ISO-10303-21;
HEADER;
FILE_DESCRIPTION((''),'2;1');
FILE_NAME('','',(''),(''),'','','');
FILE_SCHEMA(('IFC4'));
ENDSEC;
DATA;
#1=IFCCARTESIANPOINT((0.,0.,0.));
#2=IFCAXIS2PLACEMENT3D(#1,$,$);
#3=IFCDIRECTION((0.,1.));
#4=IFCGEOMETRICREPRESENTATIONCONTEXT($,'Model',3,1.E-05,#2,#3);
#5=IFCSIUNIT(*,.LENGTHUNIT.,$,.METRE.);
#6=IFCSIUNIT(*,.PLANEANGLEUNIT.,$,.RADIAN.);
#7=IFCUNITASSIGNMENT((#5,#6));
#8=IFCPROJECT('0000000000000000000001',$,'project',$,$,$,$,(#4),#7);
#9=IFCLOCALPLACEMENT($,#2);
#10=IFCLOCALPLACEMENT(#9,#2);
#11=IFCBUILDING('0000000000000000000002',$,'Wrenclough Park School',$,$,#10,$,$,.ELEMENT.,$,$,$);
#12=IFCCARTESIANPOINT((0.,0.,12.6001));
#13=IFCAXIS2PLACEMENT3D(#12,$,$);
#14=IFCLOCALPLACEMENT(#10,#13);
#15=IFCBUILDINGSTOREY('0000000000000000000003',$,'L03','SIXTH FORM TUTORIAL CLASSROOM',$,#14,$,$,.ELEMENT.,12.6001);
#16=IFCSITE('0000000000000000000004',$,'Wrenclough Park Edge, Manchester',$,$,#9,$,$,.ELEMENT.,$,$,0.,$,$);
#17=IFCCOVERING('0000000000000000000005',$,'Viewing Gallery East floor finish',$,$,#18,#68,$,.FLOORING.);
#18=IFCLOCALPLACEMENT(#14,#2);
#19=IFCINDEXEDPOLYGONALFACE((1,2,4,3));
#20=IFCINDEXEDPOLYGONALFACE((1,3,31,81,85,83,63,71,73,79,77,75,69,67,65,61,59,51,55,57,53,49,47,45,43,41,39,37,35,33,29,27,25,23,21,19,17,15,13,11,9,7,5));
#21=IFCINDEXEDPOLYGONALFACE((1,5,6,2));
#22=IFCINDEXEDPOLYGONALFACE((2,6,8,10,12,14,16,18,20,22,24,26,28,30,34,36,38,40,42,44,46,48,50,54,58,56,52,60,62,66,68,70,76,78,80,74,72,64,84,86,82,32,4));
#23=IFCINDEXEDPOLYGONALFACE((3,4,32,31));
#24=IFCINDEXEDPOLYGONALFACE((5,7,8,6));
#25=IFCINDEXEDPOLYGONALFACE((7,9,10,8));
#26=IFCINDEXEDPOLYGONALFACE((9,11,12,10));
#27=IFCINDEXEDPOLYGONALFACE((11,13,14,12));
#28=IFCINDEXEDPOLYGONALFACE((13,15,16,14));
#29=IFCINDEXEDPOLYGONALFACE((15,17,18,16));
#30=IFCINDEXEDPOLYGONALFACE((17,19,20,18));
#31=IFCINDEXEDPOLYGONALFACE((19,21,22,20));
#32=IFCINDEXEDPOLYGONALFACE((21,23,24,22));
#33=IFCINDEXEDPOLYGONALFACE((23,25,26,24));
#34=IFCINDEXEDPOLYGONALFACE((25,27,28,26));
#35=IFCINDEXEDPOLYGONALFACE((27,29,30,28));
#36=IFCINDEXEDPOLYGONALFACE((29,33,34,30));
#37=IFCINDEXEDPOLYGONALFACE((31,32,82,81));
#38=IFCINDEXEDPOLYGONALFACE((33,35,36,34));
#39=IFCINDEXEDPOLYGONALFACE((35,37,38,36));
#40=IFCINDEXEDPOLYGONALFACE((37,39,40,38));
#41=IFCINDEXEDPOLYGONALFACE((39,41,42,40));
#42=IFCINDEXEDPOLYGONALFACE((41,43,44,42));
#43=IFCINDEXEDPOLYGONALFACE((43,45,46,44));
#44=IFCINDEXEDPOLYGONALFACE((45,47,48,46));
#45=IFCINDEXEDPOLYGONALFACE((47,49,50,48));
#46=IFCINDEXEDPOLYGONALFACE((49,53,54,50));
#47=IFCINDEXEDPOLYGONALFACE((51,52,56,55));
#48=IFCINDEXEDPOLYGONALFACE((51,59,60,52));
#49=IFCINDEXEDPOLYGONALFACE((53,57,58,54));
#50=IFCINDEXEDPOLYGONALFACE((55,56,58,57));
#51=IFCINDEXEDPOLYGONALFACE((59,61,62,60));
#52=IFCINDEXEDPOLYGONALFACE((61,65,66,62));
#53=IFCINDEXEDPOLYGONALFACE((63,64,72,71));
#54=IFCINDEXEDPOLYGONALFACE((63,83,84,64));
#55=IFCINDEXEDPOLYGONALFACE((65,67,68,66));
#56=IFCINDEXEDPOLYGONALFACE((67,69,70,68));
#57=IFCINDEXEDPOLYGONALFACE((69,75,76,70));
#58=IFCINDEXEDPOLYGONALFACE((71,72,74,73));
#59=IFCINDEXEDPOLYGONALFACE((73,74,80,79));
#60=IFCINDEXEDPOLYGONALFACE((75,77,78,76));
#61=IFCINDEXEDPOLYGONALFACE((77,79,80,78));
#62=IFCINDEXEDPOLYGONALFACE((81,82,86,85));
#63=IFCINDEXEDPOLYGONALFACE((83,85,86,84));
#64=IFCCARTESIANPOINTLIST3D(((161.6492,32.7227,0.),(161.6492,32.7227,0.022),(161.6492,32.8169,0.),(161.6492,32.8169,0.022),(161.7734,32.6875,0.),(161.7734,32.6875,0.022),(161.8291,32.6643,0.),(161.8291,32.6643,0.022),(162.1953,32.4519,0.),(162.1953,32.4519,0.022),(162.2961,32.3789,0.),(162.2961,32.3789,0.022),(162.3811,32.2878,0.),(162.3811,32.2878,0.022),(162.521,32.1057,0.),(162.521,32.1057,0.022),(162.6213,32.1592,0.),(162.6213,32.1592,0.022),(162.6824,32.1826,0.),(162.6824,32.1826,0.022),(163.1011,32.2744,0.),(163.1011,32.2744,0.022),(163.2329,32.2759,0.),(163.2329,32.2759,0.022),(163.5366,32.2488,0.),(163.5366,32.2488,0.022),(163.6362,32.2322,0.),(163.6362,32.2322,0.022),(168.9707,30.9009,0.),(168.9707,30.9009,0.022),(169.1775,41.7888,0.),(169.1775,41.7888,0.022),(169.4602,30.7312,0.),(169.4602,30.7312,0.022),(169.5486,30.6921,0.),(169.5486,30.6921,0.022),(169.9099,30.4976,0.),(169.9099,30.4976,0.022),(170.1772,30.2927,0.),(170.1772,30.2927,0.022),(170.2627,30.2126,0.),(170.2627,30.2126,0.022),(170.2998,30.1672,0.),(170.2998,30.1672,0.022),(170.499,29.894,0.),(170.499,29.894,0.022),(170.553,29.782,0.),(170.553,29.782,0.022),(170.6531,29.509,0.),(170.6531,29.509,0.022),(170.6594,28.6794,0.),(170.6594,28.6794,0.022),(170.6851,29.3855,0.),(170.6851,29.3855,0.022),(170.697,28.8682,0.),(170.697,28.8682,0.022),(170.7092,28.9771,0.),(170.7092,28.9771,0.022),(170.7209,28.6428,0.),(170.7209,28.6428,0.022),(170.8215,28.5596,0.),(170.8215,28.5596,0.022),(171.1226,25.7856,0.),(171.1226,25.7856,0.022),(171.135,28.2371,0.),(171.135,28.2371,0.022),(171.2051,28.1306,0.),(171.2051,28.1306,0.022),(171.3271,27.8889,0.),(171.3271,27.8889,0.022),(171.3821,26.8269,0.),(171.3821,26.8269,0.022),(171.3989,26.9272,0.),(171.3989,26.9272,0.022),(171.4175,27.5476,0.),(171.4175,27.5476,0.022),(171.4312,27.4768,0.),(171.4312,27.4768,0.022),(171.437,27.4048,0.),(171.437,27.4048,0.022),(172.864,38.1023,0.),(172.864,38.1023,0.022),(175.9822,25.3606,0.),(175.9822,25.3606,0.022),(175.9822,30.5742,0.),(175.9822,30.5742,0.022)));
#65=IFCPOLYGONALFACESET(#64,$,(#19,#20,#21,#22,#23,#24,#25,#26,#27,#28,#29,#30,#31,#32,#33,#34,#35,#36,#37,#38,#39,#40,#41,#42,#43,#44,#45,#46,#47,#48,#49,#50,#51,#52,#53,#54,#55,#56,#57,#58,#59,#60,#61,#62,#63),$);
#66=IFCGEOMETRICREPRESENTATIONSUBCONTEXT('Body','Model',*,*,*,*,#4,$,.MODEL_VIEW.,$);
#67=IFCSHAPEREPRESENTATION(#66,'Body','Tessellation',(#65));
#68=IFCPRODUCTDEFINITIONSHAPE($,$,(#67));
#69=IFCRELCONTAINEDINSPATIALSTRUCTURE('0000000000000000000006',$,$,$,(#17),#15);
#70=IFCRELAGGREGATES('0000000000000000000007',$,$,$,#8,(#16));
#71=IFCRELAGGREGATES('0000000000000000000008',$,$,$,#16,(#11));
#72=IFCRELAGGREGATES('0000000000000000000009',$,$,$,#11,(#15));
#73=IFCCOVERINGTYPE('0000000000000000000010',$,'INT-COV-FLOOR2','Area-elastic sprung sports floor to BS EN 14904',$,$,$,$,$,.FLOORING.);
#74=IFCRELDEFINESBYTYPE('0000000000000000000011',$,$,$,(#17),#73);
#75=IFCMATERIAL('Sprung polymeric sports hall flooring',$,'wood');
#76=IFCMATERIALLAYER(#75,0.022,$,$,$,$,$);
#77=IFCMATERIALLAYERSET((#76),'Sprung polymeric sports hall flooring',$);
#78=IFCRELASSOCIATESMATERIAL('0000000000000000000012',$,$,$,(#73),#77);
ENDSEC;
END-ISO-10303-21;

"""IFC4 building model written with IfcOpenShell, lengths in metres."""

from ifc_helpers import new_model, si_unit, direction, frame, origin, place, context, subcontext, project, spatial, polyline, outline, extrude, material, layer, layer_set, type_object, element, save


model = new_model("IFC4")

# Units and contexts
model_context = context("Model", 3, precision=1e-05, world=origin(), true_north=direction((0.0, 1.0)))
body_context = subcontext(model_context, "Body", "Model", "MODEL_VIEW")
ifc_project = project(units=[si_unit("LENGTHUNIT", "METRE"), si_unit("PLANEANGLEUNIT", "RADIAN")], contexts=[model_context])

# Site, building, storey
site_placement = place(None, origin())
site = spatial("IfcSite", under=ifc_project, at=site_placement, Name="Wrenclough Park Edge, Manchester", CompositionType="ELEMENT", RefElevation=0.0)
building_placement = place(site_placement, origin())
building = spatial("IfcBuilding", under=site, at=building_placement, Name="Wrenclough Park School", CompositionType="ELEMENT")
storey_placement = place(building_placement, frame((0.0, 0.0, 12.6001)))
storey = spatial("IfcBuildingStorey", under=building, at=storey_placement, Name="L03", Description="SIXTH FORM TUTORIAL CLASSROOM", CompositionType="ELEMENT", Elevation=12.6001)

# Covering
ifc_material_1 = material(Name="Sprung polymeric sports hall flooring", Category="wood")
ifc_layer_1 = layer(ifc_material_1, 0.022)
ifc_layer_set_1 = layer_set([ifc_layer_1], Name="Sprung polymeric sports hall flooring")
covering_type_1 = type_object("IfcCoveringType", Name="INT-COV-FLOOR2", Description="Area-elastic sprung sports floor to BS EN 14904", PredefinedType="FLOORING", material=ifc_layer_set_1)
covering_1_placement = place(storey_placement, origin())
element("IfcCovering", 1, at=covering_1_placement, inside=storey, type_object=covering_type_1, Name="Viewing Gallery East floor finish", PredefinedType="FLOORING", context=body_context, shape_type="SweptSolid", body=[
    extrude(outline(polyline([(162.3811, 32.2878), (162.521, 32.1057), (162.6213, 32.1592), (162.6824, 32.1826), (163.1011, 32.2744), (163.2329, 32.2759), (163.5366, 32.2488), (163.6362, 32.2322), (168.9707, 30.9009), (169.4602, 30.7312), (169.5486, 30.6921), (169.9099, 30.4976), (170.1772, 30.2927), (170.2627, 30.2126), (170.2998, 30.1672), (170.499, 29.894), (170.553, 29.782), (170.6531, 29.509), (170.6851, 29.3855), (170.7092, 28.9771), (170.697, 28.8682), (170.6594, 28.6794), (170.7209, 28.6428), (170.8215, 28.5596), (171.135, 28.2371), (171.2051, 28.1306), (171.3271, 27.8889), (171.4175, 27.5476), (171.4312, 27.4768), (171.437, 27.4048), (171.3989, 26.9272), (171.3821, 26.8269), (171.1226, 25.7856), (175.9822, 25.3606), (175.9822, 30.5742), (172.864, 38.1023), (169.1775, 41.7888), (161.6492, 32.8169), (161.6492, 32.7227), (161.7734, 32.6875), (161.8291, 32.6643), (162.1953, 32.4519), (162.2961, 32.3789), (162.3811, 32.2878)])), origin(), (0.0, 0.0, 1.0), 0.022),
])

save(model, "model.ifc")
